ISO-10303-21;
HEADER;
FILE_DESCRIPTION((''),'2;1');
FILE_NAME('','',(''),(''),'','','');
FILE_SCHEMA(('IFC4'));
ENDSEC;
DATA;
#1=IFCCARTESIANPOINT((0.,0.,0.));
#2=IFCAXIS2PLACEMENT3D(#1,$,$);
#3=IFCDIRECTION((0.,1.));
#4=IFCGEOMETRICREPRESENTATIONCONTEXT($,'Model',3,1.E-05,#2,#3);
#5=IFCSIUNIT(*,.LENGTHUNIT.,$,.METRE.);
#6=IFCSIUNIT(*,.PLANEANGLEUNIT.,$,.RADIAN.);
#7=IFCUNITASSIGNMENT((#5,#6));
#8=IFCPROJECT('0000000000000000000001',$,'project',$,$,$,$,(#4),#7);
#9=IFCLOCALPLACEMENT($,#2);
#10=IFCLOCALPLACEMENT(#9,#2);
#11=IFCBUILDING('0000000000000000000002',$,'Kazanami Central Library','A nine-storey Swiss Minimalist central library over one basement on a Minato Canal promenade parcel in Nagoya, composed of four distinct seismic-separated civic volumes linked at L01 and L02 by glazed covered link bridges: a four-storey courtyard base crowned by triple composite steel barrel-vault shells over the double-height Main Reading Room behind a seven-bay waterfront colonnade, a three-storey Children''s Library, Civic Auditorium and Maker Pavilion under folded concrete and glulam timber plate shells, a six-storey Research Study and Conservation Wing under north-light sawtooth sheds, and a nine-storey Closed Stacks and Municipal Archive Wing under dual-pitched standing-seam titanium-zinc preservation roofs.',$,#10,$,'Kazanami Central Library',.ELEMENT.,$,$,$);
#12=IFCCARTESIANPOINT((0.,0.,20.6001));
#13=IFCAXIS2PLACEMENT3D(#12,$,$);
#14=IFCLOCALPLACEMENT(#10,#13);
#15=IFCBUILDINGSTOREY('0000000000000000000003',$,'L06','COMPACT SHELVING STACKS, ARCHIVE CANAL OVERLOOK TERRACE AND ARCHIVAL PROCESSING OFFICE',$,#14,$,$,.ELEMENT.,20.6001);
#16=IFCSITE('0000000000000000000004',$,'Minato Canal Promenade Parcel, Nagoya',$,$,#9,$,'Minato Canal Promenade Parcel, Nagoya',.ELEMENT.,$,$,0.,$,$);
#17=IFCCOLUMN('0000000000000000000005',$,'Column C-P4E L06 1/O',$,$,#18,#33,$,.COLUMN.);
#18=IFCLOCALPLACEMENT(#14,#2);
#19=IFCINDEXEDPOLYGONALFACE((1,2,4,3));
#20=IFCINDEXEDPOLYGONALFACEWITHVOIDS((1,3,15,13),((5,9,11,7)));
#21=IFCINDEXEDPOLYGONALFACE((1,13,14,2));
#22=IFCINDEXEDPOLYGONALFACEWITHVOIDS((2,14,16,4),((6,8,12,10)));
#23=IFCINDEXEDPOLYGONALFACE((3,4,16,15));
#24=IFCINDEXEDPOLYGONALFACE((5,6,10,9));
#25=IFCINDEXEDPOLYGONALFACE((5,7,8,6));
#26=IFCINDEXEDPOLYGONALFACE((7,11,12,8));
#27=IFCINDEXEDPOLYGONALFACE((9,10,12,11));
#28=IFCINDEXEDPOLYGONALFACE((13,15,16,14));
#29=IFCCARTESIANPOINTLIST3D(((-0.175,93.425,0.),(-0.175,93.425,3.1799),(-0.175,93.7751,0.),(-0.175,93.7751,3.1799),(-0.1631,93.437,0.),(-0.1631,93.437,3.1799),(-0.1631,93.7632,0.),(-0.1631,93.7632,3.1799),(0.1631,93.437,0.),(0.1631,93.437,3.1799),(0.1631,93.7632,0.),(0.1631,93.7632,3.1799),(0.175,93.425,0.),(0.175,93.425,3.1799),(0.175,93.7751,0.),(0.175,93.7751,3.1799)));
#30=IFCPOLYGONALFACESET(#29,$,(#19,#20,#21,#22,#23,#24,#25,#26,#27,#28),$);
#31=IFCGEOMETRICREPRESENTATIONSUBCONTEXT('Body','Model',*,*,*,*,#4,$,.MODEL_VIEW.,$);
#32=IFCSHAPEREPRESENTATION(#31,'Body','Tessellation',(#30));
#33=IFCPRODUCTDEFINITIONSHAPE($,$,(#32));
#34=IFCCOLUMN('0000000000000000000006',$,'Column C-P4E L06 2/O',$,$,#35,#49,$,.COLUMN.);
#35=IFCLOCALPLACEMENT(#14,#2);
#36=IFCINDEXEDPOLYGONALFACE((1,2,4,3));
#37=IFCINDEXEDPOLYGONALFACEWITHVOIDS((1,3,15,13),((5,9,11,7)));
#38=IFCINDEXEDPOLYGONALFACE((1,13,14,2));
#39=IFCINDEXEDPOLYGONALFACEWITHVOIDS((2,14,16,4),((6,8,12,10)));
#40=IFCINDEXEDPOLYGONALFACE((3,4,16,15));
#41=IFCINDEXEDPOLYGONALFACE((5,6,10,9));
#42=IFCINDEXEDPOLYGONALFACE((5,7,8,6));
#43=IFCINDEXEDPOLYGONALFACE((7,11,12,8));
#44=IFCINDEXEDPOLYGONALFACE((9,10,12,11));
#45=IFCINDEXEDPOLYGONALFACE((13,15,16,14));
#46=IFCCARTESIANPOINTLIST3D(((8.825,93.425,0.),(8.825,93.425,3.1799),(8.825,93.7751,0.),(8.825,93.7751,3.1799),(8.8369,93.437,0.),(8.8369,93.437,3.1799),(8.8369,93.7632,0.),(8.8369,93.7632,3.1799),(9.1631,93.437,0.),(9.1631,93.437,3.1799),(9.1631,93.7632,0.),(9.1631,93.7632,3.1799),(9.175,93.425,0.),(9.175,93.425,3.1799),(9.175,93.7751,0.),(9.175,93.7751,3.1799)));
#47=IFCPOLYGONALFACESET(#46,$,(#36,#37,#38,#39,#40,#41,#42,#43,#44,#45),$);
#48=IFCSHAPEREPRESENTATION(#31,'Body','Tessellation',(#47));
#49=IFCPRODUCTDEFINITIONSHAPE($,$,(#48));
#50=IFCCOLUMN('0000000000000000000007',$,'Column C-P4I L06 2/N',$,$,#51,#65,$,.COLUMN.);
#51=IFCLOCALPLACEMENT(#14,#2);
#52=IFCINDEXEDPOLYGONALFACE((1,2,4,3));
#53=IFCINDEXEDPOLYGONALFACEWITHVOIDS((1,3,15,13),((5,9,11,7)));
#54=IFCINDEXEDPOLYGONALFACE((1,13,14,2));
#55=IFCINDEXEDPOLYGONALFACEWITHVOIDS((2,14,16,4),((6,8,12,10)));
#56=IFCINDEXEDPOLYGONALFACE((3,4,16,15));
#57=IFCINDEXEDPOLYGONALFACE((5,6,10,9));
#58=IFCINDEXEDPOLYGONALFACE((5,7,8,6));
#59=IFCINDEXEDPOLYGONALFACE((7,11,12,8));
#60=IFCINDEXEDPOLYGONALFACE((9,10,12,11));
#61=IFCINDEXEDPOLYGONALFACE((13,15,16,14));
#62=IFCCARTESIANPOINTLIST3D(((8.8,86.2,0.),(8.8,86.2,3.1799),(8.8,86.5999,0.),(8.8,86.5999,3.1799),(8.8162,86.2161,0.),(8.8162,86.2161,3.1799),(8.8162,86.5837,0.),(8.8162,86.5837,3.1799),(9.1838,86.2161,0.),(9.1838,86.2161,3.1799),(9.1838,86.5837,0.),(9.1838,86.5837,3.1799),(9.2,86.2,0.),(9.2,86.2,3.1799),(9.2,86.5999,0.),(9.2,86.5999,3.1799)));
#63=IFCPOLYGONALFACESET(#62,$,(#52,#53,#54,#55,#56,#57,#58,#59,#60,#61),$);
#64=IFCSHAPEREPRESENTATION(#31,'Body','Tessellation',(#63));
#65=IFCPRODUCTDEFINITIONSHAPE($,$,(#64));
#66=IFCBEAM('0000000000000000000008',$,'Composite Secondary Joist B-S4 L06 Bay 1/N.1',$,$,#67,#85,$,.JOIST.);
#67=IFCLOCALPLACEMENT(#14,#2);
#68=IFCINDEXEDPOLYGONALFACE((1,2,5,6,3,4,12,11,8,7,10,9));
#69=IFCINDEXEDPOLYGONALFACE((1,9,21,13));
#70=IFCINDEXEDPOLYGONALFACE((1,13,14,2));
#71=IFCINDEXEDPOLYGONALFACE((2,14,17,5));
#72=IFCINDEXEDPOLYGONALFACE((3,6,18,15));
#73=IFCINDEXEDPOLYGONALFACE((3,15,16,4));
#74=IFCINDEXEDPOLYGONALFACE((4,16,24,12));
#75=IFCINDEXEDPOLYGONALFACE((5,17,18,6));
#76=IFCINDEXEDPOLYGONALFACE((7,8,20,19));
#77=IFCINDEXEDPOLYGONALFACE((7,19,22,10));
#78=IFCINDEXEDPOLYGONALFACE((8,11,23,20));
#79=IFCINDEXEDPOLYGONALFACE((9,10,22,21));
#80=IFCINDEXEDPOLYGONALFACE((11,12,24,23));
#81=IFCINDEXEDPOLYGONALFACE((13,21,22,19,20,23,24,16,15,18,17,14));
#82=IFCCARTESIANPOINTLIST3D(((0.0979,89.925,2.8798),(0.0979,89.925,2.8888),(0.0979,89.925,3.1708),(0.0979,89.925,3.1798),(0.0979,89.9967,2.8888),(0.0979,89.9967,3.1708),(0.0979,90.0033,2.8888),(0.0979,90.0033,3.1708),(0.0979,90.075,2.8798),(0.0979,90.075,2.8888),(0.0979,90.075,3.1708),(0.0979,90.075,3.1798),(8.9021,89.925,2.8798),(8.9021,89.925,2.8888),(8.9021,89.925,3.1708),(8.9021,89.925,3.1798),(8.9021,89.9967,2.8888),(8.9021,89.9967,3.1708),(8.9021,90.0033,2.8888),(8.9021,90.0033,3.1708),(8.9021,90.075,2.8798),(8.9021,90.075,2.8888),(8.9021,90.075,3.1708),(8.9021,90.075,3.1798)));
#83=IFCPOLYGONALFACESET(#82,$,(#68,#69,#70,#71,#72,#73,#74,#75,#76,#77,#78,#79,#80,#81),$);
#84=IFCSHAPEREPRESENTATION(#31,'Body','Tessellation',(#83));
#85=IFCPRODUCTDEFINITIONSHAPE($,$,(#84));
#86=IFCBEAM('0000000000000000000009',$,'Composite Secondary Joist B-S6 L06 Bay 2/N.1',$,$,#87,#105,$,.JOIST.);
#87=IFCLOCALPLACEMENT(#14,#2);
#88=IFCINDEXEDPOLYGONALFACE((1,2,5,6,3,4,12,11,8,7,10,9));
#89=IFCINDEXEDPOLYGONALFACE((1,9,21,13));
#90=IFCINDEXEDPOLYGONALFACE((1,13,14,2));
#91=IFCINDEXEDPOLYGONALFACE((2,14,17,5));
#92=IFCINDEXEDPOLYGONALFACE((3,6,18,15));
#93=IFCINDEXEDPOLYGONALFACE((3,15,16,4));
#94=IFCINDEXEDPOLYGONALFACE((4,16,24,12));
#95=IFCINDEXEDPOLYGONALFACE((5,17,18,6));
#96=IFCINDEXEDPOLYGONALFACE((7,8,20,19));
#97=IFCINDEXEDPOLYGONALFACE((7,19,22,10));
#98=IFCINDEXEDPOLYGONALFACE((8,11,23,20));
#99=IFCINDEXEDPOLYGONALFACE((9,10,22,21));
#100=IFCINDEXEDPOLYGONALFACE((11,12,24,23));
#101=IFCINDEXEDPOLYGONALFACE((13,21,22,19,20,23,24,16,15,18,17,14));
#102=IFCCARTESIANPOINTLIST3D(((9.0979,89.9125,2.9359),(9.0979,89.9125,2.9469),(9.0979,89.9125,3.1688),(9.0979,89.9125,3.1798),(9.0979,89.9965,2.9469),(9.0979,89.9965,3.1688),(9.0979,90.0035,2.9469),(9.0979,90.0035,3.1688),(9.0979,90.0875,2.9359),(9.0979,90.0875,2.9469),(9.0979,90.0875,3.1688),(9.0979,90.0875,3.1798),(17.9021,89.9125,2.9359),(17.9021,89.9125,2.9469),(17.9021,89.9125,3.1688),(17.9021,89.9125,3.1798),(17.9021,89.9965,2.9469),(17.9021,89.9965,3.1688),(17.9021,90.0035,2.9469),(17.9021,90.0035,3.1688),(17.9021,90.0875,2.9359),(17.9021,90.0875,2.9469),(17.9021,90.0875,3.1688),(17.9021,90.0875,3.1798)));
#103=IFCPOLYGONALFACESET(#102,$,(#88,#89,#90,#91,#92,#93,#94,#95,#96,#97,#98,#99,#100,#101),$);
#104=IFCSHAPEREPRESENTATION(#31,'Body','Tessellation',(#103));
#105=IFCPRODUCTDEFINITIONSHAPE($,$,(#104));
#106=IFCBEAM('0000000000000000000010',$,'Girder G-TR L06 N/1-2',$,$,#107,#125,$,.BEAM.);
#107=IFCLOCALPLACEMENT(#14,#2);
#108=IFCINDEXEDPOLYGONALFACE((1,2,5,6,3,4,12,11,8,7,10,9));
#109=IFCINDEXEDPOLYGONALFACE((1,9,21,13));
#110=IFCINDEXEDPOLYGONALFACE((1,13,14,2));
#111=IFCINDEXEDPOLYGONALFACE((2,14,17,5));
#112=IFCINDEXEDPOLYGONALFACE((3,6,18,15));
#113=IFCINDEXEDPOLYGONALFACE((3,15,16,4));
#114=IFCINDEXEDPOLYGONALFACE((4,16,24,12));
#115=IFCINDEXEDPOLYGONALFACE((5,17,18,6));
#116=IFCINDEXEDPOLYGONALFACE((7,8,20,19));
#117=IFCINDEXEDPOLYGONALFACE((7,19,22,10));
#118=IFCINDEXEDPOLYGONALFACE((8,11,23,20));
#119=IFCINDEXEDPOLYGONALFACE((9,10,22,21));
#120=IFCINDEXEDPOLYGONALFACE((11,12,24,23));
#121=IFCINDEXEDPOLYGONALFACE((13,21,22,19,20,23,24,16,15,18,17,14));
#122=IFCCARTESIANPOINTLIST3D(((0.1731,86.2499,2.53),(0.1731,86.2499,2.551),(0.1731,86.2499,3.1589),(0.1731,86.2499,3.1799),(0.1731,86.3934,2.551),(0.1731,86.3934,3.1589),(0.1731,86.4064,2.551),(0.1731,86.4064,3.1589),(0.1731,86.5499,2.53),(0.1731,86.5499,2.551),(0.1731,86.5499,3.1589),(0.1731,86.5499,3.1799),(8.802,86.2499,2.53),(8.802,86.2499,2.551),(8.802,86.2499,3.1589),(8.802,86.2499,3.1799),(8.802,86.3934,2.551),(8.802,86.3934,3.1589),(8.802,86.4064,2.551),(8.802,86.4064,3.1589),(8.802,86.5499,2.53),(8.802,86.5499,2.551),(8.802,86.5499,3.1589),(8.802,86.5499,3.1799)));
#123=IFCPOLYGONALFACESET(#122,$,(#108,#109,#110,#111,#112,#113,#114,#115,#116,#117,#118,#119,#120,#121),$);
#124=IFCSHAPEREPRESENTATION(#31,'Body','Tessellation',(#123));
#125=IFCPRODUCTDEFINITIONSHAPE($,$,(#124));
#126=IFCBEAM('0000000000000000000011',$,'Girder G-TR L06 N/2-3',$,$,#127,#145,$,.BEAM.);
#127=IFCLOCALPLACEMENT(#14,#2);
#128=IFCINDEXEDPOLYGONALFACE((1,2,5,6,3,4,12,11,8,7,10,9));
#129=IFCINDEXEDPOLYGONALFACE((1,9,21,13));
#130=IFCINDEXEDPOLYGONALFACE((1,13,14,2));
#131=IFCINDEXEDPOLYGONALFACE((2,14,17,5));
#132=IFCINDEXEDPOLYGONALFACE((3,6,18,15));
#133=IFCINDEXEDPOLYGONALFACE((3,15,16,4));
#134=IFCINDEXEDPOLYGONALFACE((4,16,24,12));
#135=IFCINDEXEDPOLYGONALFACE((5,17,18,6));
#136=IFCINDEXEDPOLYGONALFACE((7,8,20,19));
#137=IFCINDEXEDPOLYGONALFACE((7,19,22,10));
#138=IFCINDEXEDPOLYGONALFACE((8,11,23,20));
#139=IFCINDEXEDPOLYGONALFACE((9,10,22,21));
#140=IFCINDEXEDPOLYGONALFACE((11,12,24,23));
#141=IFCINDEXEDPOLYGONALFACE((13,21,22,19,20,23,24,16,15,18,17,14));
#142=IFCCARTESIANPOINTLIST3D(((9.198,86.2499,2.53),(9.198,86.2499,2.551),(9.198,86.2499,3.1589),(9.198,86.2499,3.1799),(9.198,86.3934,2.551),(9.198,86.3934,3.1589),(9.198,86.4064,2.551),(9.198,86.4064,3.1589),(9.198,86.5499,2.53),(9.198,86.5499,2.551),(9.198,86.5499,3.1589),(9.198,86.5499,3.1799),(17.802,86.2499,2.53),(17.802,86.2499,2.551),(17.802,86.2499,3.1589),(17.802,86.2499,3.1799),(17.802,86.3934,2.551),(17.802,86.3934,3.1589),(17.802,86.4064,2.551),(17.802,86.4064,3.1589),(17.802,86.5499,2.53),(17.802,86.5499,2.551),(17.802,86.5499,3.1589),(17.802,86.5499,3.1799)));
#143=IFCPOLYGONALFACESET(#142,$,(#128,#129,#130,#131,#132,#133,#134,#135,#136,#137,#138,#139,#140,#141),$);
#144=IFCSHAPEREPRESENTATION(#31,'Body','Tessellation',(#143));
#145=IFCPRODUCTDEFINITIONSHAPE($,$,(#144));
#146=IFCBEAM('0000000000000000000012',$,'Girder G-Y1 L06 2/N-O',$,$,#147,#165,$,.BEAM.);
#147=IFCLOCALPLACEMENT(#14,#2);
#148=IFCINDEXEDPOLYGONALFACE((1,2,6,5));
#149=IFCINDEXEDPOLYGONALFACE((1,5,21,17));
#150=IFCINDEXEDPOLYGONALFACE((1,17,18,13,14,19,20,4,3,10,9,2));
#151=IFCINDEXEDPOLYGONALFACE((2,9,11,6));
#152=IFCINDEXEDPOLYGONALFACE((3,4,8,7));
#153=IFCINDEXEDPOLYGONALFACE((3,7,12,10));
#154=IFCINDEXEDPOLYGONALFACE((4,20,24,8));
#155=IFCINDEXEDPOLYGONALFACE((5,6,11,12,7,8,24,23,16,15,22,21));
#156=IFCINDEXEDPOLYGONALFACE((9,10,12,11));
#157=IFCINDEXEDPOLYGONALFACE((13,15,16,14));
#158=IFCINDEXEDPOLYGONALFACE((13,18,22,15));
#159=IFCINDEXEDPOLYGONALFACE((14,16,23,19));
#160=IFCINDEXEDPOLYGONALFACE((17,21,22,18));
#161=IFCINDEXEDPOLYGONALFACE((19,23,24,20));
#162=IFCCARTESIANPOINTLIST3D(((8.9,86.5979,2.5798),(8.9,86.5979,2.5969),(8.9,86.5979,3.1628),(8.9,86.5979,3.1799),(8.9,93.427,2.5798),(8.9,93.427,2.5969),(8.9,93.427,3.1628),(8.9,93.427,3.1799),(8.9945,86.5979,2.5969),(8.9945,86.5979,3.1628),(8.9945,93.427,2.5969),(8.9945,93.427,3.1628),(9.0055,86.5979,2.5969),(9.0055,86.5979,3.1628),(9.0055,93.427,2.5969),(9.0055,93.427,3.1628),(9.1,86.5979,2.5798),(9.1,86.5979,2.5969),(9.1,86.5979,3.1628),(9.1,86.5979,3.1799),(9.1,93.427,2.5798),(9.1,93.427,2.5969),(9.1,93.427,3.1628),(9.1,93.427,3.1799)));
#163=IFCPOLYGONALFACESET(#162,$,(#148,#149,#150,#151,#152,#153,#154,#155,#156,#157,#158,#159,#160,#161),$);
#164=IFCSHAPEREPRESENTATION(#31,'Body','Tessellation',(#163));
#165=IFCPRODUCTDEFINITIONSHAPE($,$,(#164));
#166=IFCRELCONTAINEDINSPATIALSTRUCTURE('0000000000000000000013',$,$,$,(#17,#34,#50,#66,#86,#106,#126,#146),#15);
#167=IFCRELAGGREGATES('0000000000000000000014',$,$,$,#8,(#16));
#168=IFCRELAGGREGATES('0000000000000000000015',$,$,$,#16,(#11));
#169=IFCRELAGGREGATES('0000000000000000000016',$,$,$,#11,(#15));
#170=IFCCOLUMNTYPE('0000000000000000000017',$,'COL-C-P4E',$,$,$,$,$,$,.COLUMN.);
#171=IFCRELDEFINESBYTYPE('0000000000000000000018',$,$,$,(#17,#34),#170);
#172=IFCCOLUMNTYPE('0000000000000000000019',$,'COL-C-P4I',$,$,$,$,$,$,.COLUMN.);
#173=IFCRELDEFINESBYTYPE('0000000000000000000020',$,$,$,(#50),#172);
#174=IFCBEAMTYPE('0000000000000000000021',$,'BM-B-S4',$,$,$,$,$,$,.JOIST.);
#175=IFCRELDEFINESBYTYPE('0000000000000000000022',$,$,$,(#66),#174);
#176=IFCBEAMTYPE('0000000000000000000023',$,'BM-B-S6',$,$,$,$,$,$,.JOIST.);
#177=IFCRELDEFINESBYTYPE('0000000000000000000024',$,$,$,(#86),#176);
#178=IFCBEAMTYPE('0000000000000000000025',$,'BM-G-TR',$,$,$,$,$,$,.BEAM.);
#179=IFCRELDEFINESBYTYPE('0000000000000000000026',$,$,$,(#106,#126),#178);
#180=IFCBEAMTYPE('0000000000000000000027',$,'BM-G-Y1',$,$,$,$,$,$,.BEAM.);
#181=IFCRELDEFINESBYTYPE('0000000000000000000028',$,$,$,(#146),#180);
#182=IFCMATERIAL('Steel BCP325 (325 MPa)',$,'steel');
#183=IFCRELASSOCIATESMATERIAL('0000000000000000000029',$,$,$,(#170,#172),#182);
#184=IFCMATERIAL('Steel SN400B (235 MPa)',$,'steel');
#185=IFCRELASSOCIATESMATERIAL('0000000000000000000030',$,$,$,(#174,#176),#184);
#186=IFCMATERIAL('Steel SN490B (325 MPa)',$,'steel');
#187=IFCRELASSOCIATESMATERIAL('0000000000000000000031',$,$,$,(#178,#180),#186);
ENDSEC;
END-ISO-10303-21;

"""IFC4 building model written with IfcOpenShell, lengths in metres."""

from ifc_helpers import new_model, si_unit, direction, frame, origin, origin_2d, place, context, subcontext, project, spatial, hollow_rectangle, i_section, extrude, material, material_profile, profile_set, type_object, element, save


model = new_model("IFC4")

# Units and contexts
model_context = context("Model", 3, precision=1e-05, world=origin(), true_north=direction((0.0, 1.0)))
body_context = subcontext(model_context, "Body", "Model", "MODEL_VIEW")
ifc_project = project(units=[si_unit("LENGTHUNIT", "METRE"), si_unit("PLANEANGLEUNIT", "RADIAN")], contexts=[model_context])

# Site, building, storey
site_placement = place(None, origin())
site = spatial("IfcSite", under=ifc_project, at=site_placement, Name="Minato Canal Promenade Parcel, Nagoya", LongName="Minato Canal Promenade Parcel, Nagoya", CompositionType="ELEMENT", RefElevation=0.0)
building_placement = place(site_placement, origin())
building = spatial("IfcBuilding", under=site, at=building_placement, Name="Kazanami Central Library", Description="A nine-storey Swiss Minimalist central library over one basement on a Minato Canal promenade parcel in Nagoya, composed of four distinct seismic-separated civic volumes linked at L01 and L02 by glazed covered link bridges: a four-storey courtyard base crowned by triple composite steel barrel-vault shells over the double-height Main Reading Room behind a seven-bay waterfront colonnade, a three-storey Children's Library, Civic Auditorium and Maker Pavilion under folded concrete and glulam timber plate shells, a six-storey Research Study and Conservation Wing under north-light sawtooth sheds, and a nine-storey Closed Stacks and Municipal Archive Wing under dual-pitched standing-seam titanium-zinc preservation roofs.", LongName="Kazanami Central Library", CompositionType="ELEMENT")
storey_placement = place(building_placement, frame((0.0, 0.0, 20.6001)))
storey = spatial("IfcBuildingStorey", under=building, at=storey_placement, Name="L06", Description="COMPACT SHELVING STACKS, ARCHIVE CANAL OVERLOOK TERRACE AND ARCHIVAL PROCESSING OFFICE", CompositionType="ELEMENT", Elevation=20.6001)

# Columns
ifc_material_1 = material(Name="Steel BCP325 (325 MPa)", Category="steel")
ifc_material_profile_1 = material_profile(ifc_material_1, hollow_rectangle(XDim=0.3501, YDim=0.3501, WallThickness=0.012, at=origin_2d()), Name="STKR-350x350x12")
ifc_profile_set_1 = profile_set([ifc_material_profile_1], Name="Steel BCP325 (325 MPa)")
column_type_1 = type_object("IfcColumnType", Name="COL-C-P4E", PredefinedType="COLUMN", material=ifc_profile_set_1)
for number, where, z_axis, x_axis, name in (
    (1, (0.0, 93.6001, 0.0), (0.0, 0.0, 1.0), (1.0, 0.0, 0.0), "Column C-P4E L06 1/O"),
    (2, (9.0, 93.6001, 0.0), (0.0, 0.0, 1.0), (1.0, 0.0, 0.0), "Column C-P4E L06 2/O"),
):
    element("IfcColumn", number, at=place(storey_placement, frame(where, z_axis=z_axis, x_axis=x_axis)), inside=storey, type_object=column_type_1, Name=name, PredefinedType="COLUMN", context=body_context, shape_type="SweptSolid", body=[
        extrude(hollow_rectangle(XDim=0.3501, YDim=0.3501, WallThickness=0.012, at=origin_2d()), origin(), (0.0, 0.0, 1.0), 3.1799),
    ])
ifc_material_profile_2 = material_profile(ifc_material_1, hollow_rectangle(XDim=0.3999, YDim=0.3999, WallThickness=0.0161, at=origin_2d()), Name="BCP-400x400x16")
ifc_profile_set_2 = profile_set([ifc_material_profile_2], Name="Steel BCP325 (325 MPa)")
column_type_2 = type_object("IfcColumnType", Name="COL-C-P4I", PredefinedType="COLUMN", material=ifc_profile_set_2)
column_placement = place(storey_placement, frame((9.0, 86.3999, 0.0), z_axis=(0.0, 0.0, 1.0), x_axis=(1.0, 0.0, 0.0)))
element("IfcColumn", 3, at=column_placement, inside=storey, type_object=column_type_2, Name="Column C-P4I L06 2/N", PredefinedType="COLUMN", context=body_context, shape_type="SweptSolid", body=[
    extrude(hollow_rectangle(XDim=0.3999, YDim=0.3999, WallThickness=0.0161, at=origin_2d()), origin(), (0.0, 0.0, 1.0), 3.1799),
])

# Beams
ifc_material_2 = material(Name="Steel SN400B (235 MPa)", Category="steel")
ifc_material_profile_3 = material_profile(ifc_material_2, i_section(OverallWidth=0.1499, OverallDepth=0.3, WebThickness=0.0066, FlangeThickness=0.009, at=origin_2d()), Name="H-300x150x6.5x9")
ifc_profile_set_3 = profile_set([ifc_material_profile_3], Name="Steel SN400B (235 MPa)")
beam_type_1 = type_object("IfcBeamType", Name="BM-B-S4", PredefinedType="JOIST", material=ifc_profile_set_3)
beam_1_placement = place(storey_placement, frame((0.0979, 90.0, 3.0298), z_axis=(1.0, 0.0, 0.0), x_axis=(0.0, 1.0, 0.0)))
element("IfcBeam", 4, at=beam_1_placement, inside=storey, type_object=beam_type_1, Name="Composite Secondary Joist B-S4 L06 Bay 1/N.1", PredefinedType="JOIST", context=body_context, shape_type="SweptSolid", body=[
    extrude(i_section(OverallWidth=0.1499, OverallDepth=0.3, WebThickness=0.0066, FlangeThickness=0.009, at=origin_2d()), origin(), (0.0, 0.0, 1.0), 8.8042),
])
ifc_material_profile_4 = material_profile(ifc_material_2, i_section(OverallWidth=0.175, OverallDepth=0.2439, WebThickness=0.0071, FlangeThickness=0.011, at=origin_2d()), Name="H-244x175x7x11")
ifc_profile_set_4 = profile_set([ifc_material_profile_4], Name="Steel SN400B (235 MPa)")
beam_type_2 = type_object("IfcBeamType", Name="BM-B-S6", PredefinedType="JOIST", material=ifc_profile_set_4)
beam_2_placement = place(storey_placement, frame((9.0979, 90.0, 3.0579), z_axis=(1.0, 0.0, 0.0), x_axis=(0.0, 1.0, 0.0)))
element("IfcBeam", 5, at=beam_2_placement, inside=storey, type_object=beam_type_2, Name="Composite Secondary Joist B-S6 L06 Bay 2/N.1", PredefinedType="JOIST", context=body_context, shape_type="SweptSolid", body=[
    extrude(i_section(OverallWidth=0.175, OverallDepth=0.2439, WebThickness=0.0071, FlangeThickness=0.011, at=origin_2d()), origin(), (0.0, 0.0, 1.0), 8.8042),
])
ifc_material_3 = material(Name="Steel SN490B (325 MPa)", Category="steel")
ifc_material_profile_5 = material_profile(ifc_material_3, i_section(OverallWidth=0.3, OverallDepth=0.6499, WebThickness=0.0129, FlangeThickness=0.021, at=origin_2d()), Name="H-650x300x13x21")
ifc_profile_set_5 = profile_set([ifc_material_profile_5], Name="Steel SN490B (325 MPa)")
beam_type_3 = type_object("IfcBeamType", Name="BM-G-TR", PredefinedType="BEAM", material=ifc_profile_set_5)
beam_3_placement = place(storey_placement, frame((0.1731, 86.3999, 2.855), z_axis=(1.0, 0.0, 0.0), x_axis=(0.0, 1.0, 0.0)))
element("IfcBeam", 6, at=beam_3_placement, inside=storey, type_object=beam_type_3, Name="Girder G-TR L06 N/1-2", PredefinedType="BEAM", context=body_context, shape_type="SweptSolid", body=[
    extrude(i_section(OverallWidth=0.3, OverallDepth=0.6499, WebThickness=0.0129, FlangeThickness=0.021, at=origin_2d()), origin(), (0.0, 0.0, 1.0), 8.6289),
])
beam_4_placement = place(storey_placement, frame((9.198, 86.3999, 2.855), z_axis=(1.0, 0.0, 0.0), x_axis=(0.0, 1.0, 0.0)))
element("IfcBeam", 7, at=beam_4_placement, inside=storey, type_object=beam_type_3, Name="Girder G-TR L06 N/2-3", PredefinedType="BEAM", context=body_context, shape_type="SweptSolid", body=[
    extrude(i_section(OverallWidth=0.3, OverallDepth=0.6499, WebThickness=0.0129, FlangeThickness=0.021, at=origin_2d()), origin(), (0.0, 0.0, 1.0), 8.604),
])
ifc_material_profile_6 = material_profile(ifc_material_3, i_section(OverallWidth=0.2, OverallDepth=0.6001, WebThickness=0.011, FlangeThickness=0.0171, at=origin_2d()), Name="H-600x200x11x17")
ifc_profile_set_6 = profile_set([ifc_material_profile_6], Name="Steel SN490B (325 MPa)")
beam_type_4 = type_object("IfcBeamType", Name="BM-G-Y1", PredefinedType="BEAM", material=ifc_profile_set_6)
beam_5_placement = place(storey_placement, frame((9.0, 86.5979, 2.8799), z_axis=(0.0, 1.0, 0.0), x_axis=(-1.0, 0.0, 0.0)))
element("IfcBeam", 8, at=beam_5_placement, inside=storey, type_object=beam_type_4, Name="Girder G-Y1 L06 2/N-O", PredefinedType="BEAM", context=body_context, shape_type="SweptSolid", body=[
    extrude(i_section(OverallWidth=0.2, OverallDepth=0.6001, WebThickness=0.011, FlangeThickness=0.0171, at=origin_2d()), origin(), (0.0, 0.0, 1.0), 6.8291),
])

save(model, "model.ifc")
